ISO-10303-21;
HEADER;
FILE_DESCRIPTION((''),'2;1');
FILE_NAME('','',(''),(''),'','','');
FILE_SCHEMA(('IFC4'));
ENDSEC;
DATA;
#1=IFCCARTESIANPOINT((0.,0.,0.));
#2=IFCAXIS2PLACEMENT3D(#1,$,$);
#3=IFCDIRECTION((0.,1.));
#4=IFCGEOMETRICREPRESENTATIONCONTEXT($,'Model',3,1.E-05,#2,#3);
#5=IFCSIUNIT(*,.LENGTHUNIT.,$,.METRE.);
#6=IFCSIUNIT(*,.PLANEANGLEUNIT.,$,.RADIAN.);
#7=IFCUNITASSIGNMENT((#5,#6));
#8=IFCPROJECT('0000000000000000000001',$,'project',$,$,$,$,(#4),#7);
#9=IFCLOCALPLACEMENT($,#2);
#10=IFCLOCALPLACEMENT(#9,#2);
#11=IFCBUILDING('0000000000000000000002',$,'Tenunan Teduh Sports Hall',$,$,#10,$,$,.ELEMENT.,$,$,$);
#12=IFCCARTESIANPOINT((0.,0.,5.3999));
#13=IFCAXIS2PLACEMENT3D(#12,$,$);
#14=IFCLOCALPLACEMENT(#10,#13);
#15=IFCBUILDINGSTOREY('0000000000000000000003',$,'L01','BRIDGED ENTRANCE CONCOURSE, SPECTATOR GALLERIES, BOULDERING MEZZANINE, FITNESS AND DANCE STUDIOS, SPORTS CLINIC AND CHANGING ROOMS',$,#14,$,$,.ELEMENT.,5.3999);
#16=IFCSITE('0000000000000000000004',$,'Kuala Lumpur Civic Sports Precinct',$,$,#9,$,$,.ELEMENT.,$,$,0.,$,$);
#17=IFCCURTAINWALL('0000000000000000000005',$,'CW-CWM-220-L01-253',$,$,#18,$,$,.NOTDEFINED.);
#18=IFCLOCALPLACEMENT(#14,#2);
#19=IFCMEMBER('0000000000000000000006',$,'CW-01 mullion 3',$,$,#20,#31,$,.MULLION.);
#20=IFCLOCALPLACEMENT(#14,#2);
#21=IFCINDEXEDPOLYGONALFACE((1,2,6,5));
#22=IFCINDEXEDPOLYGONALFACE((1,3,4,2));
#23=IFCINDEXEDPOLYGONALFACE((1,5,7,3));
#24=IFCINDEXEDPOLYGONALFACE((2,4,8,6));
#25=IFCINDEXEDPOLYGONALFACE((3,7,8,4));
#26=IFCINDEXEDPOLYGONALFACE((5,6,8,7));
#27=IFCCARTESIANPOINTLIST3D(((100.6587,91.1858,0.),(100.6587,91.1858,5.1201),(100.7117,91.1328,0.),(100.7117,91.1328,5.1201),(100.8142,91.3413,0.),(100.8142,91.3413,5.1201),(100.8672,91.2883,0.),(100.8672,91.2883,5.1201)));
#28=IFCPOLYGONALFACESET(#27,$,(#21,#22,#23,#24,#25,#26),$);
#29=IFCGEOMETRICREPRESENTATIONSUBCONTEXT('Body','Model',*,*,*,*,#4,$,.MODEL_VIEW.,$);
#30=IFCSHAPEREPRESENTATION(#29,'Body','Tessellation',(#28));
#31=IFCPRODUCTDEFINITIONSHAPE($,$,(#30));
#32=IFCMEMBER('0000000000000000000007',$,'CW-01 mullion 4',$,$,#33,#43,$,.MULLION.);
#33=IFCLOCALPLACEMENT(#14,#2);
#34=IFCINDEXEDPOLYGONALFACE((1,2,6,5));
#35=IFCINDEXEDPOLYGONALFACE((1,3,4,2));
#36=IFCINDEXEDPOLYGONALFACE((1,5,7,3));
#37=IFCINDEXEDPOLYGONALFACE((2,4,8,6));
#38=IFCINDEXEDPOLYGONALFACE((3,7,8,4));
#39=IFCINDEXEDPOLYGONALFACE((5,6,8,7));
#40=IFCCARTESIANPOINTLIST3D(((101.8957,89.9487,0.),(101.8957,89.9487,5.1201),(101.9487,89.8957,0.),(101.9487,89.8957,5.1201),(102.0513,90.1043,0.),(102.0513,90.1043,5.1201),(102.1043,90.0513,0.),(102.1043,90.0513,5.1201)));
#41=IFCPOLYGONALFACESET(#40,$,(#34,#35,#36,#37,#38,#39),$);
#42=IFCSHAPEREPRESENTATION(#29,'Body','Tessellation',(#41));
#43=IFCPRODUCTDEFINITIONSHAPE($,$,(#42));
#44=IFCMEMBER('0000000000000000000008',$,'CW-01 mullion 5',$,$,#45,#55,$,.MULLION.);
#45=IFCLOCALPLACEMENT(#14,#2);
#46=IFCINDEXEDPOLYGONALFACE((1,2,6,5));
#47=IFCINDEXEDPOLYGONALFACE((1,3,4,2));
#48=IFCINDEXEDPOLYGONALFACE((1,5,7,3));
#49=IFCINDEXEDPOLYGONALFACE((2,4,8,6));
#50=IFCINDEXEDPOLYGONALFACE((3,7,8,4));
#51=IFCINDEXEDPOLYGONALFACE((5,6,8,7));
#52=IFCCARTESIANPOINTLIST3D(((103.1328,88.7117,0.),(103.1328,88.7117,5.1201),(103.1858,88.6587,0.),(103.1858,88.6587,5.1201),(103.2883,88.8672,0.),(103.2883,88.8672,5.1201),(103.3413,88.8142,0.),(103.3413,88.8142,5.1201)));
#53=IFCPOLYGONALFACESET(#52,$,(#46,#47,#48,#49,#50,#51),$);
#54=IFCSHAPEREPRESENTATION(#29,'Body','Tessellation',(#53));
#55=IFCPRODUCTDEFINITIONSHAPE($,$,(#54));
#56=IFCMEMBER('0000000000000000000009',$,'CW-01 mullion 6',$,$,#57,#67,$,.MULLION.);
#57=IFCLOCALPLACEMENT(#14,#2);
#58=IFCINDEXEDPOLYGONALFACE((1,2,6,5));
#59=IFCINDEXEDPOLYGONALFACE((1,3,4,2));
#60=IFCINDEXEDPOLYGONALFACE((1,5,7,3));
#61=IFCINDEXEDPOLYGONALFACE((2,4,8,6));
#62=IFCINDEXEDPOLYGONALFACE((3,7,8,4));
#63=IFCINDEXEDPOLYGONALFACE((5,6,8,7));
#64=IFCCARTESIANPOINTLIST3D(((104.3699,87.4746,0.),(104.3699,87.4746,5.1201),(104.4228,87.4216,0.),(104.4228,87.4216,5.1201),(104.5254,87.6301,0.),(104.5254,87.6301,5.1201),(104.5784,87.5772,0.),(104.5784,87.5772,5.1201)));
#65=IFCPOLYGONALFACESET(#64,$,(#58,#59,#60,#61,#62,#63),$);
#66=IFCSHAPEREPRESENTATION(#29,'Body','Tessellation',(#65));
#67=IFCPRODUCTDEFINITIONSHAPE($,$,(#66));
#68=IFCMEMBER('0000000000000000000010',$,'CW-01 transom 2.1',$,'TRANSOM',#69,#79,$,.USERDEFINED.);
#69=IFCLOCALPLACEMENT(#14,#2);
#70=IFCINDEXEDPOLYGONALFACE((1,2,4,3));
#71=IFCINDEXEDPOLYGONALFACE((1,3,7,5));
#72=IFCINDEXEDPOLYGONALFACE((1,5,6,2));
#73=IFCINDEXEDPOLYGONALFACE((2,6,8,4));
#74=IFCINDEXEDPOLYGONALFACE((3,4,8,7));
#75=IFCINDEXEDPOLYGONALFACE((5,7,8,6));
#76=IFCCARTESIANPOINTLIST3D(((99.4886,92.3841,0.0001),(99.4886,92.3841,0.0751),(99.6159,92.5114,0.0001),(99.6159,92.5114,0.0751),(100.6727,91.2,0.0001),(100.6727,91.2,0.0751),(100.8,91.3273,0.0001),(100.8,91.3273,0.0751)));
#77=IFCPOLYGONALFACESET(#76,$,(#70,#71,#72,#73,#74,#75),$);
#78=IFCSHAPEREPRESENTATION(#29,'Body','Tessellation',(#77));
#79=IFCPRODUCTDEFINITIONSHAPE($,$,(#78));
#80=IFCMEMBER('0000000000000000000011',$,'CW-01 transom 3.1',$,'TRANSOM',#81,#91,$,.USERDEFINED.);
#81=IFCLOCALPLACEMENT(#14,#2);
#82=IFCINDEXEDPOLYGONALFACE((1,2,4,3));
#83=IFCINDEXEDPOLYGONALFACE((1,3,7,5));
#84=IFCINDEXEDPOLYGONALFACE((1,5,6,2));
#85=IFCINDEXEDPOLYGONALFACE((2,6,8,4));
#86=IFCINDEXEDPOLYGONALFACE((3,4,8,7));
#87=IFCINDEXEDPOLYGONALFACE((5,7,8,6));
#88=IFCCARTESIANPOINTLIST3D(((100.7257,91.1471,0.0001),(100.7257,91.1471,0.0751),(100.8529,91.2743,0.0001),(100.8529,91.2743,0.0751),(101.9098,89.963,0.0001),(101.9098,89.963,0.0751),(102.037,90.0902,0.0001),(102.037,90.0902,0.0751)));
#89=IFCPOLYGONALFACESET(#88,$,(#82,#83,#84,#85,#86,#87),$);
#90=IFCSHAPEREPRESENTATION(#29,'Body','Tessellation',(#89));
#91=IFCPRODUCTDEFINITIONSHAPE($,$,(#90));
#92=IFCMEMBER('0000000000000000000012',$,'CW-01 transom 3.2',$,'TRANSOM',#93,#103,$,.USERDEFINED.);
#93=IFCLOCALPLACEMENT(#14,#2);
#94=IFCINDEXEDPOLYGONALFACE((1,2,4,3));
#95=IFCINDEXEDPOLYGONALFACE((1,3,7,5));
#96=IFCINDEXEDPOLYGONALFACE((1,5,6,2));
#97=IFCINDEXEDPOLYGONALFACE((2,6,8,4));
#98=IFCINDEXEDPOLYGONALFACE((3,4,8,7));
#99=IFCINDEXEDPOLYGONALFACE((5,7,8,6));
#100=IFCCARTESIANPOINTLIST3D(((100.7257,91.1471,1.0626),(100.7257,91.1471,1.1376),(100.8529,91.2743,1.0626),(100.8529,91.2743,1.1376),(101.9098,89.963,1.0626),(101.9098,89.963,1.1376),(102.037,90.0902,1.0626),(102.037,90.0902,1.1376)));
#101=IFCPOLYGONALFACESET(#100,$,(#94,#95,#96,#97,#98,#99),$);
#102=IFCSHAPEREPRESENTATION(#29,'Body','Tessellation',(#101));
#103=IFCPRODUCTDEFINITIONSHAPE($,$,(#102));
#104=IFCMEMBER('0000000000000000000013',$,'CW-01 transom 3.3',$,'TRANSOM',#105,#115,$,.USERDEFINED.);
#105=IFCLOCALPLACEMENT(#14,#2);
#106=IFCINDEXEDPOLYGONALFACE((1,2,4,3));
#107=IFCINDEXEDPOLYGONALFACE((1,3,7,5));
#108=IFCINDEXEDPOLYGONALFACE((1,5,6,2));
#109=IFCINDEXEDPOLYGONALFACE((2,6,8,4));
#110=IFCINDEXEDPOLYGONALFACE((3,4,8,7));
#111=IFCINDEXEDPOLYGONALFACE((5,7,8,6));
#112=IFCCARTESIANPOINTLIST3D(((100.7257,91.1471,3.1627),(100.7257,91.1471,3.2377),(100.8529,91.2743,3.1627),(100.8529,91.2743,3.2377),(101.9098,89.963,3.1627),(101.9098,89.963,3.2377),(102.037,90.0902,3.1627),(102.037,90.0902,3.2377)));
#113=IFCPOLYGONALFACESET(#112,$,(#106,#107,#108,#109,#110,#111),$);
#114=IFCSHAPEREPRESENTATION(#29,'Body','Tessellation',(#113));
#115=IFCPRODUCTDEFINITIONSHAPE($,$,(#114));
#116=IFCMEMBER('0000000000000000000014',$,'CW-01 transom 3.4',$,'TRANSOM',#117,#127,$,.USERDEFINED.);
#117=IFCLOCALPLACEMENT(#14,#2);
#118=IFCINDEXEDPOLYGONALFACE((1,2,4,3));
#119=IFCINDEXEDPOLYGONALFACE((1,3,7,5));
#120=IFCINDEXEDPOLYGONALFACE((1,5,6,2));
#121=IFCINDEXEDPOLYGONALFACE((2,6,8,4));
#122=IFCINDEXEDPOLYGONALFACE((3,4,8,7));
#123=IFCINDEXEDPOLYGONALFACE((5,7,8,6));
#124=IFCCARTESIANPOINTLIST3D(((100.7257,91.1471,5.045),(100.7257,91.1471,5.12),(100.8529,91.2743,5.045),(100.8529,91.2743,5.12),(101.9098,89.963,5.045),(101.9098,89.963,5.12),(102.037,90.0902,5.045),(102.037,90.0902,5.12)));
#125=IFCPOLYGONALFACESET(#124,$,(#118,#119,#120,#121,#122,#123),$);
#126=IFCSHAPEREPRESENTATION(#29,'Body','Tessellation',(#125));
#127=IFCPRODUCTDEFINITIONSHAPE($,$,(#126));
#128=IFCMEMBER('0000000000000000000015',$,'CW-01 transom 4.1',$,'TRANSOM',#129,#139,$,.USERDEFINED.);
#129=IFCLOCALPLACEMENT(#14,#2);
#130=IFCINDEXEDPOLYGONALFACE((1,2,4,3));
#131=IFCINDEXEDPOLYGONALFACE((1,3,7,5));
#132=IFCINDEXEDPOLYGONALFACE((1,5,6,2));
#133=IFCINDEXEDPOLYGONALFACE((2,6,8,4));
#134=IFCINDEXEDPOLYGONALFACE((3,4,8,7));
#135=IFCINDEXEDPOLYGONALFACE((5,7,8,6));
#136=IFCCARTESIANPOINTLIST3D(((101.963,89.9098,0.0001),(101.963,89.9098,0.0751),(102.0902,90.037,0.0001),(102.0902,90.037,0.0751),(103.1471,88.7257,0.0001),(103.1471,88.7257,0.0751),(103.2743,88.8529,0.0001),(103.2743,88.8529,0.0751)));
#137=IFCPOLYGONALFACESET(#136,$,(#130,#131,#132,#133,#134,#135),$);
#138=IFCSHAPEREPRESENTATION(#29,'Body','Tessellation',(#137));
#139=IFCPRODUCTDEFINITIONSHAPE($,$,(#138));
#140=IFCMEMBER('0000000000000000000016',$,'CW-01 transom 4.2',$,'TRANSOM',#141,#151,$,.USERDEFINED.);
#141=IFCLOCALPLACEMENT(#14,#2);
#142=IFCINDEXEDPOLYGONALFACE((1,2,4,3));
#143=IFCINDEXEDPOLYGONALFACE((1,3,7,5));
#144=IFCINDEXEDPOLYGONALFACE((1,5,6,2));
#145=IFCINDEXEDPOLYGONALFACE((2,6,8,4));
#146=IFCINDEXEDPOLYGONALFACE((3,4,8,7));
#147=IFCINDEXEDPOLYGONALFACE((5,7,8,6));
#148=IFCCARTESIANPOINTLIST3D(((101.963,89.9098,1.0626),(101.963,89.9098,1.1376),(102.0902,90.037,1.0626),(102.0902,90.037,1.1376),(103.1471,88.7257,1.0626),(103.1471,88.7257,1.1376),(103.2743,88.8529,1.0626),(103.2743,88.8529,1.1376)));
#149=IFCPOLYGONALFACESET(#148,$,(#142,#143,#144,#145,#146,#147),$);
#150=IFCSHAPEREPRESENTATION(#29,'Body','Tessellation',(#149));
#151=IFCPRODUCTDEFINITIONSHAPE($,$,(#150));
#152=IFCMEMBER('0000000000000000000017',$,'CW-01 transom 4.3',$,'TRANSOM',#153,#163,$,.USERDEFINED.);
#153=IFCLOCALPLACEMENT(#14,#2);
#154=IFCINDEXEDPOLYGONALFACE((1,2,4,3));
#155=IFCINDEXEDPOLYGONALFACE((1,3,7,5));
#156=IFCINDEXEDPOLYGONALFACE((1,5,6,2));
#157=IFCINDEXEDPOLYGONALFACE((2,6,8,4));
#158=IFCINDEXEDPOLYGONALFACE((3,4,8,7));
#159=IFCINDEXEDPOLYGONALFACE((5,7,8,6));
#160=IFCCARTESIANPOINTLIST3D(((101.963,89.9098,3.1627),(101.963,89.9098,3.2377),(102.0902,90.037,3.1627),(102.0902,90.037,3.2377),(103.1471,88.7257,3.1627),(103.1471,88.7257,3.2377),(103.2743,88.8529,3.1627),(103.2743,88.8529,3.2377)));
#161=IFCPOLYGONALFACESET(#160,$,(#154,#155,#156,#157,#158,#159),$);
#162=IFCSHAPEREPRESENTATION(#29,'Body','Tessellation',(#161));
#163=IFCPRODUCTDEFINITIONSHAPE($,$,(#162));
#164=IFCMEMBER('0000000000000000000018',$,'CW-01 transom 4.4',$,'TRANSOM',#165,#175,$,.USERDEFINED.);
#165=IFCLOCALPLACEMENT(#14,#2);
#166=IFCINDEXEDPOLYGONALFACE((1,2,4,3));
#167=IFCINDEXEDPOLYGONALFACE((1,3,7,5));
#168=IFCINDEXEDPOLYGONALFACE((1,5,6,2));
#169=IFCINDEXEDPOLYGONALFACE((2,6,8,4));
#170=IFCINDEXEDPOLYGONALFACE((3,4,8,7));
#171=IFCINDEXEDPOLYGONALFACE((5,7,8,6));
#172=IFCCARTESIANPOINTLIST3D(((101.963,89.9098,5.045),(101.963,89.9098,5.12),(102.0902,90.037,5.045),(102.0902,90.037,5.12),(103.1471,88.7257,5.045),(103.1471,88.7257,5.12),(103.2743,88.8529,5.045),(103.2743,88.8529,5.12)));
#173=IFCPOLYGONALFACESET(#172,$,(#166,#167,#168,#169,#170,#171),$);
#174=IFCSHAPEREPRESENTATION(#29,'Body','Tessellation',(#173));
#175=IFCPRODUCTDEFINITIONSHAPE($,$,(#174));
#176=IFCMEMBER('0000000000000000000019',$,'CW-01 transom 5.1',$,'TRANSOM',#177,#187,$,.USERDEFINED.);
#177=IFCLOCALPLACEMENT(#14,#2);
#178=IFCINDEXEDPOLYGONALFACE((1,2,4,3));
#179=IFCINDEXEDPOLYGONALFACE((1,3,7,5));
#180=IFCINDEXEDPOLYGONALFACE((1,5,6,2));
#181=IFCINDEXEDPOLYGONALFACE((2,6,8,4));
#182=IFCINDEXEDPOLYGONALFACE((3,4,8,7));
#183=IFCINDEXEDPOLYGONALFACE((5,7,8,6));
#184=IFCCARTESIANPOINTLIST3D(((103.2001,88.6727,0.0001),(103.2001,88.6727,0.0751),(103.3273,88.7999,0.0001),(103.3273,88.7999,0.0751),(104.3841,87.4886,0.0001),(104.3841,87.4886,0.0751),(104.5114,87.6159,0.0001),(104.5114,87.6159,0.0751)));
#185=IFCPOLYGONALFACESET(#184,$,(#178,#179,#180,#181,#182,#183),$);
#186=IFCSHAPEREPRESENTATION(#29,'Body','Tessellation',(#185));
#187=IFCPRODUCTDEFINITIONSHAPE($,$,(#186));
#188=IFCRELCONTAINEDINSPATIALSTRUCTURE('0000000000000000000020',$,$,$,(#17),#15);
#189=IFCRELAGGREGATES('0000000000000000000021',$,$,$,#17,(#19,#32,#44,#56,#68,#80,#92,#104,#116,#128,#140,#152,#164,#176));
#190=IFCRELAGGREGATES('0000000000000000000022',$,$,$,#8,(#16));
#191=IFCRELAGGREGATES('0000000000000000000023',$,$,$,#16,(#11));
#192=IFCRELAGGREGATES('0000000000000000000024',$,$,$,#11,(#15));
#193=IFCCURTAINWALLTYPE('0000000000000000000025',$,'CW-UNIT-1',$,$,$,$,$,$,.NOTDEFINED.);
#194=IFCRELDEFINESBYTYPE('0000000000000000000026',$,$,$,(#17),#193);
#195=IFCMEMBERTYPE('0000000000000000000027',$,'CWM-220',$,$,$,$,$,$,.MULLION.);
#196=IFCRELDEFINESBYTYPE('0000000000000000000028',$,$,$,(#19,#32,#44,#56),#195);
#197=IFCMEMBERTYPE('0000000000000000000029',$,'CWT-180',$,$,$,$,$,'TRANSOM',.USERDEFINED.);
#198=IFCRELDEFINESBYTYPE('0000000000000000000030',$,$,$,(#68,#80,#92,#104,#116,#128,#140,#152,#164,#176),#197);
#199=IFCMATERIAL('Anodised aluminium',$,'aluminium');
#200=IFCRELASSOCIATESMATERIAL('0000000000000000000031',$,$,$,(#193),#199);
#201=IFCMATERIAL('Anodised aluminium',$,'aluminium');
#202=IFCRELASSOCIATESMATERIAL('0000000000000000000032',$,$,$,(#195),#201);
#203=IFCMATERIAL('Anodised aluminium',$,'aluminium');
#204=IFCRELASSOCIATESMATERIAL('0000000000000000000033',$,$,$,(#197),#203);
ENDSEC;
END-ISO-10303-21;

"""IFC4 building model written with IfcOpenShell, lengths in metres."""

from ifc_helpers import new_model, si_unit, direction, frame, origin, origin_2d, place, context, subcontext, project, spatial, rectangle, extrude, material, material_profile, profile_set, type_object, element, aggregate, save


model = new_model("IFC4")

# Units and contexts
model_context = context("Model", 3, precision=1e-05, world=origin(), true_north=direction((0.0, 1.0)))
body_context = subcontext(model_context, "Body", "Model", "MODEL_VIEW")
ifc_project = project(units=[si_unit("LENGTHUNIT", "METRE"), si_unit("PLANEANGLEUNIT", "RADIAN")], contexts=[model_context])

# Site, building, storey
site_placement = place(None, origin())
site = spatial("IfcSite", under=ifc_project, at=site_placement, Name="Kuala Lumpur Civic Sports Precinct", CompositionType="ELEMENT", RefElevation=0.0)
building_placement = place(site_placement, origin())
building = spatial("IfcBuilding", under=site, at=building_placement, Name="Tenunan Teduh Sports Hall", CompositionType="ELEMENT")
storey_placement = place(building_placement, frame((0.0, 0.0, 5.3999)))
storey = spatial("IfcBuildingStorey", under=building, at=storey_placement, Name="L01", Description="BRIDGED ENTRANCE CONCOURSE, SPECTATOR GALLERIES, BOULDERING MEZZANINE, FITNESS AND DANCE STUDIOS, SPORTS CLINIC AND CHANGING ROOMS", CompositionType="ELEMENT", Elevation=5.3999)

# Curtain wall, members
ifc_material_1 = material(Name="Anodised aluminium", Category="aluminium")
curtain_wall_type = type_object("IfcCurtainWallType", Name="CW-UNIT-1", PredefinedType="NOTDEFINED", material=ifc_material_1)
curtain_wall_placement = place(storey_placement, origin())
curtain_wall = element("IfcCurtainWall", 1, at=curtain_wall_placement, inside=storey, type_object=curtain_wall_type, Name="CW-CWM-220-L01-253", PredefinedType="NOTDEFINED")
ifc_material_2 = material(Name="Anodised aluminium", Category="aluminium")
ifc_material_profile_1 = material_profile(ifc_material_2, rectangle(XDim=0.075, YDim=0.22, at=origin_2d()), Name="CWM 75x220")
ifc_profile_set_1 = profile_set([ifc_material_profile_1], Name="Anodised aluminium")
member_type_1 = type_object("IfcMemberType", Name="CWM-220", PredefinedType="MULLION", material=ifc_profile_set_1)
member_1_placement = place(storey_placement, frame((100.7629, 91.2371, 0.0), z_axis=(0.0, 0.0, 1.0), x_axis=(-0.707107, 0.707107, 0.0)))
member_1 = element("IfcMember", 2, at=member_1_placement, type_object=member_type_1, Name="CW-01 mullion 3", PredefinedType="MULLION", context=body_context, shape_type="SweptSolid", body=[
    extrude(rectangle(XDim=0.075, YDim=0.22, at=origin_2d()), origin(), (0.0, 0.0, 1.0), 5.1201),
])
member_2_placement = place(storey_placement, frame((102.0, 90.0, 0.0), z_axis=(0.0, 0.0, 1.0), x_axis=(-0.707107, 0.707107, 0.0)))
member_2 = element("IfcMember", 3, at=member_2_placement, type_object=member_type_1, Name="CW-01 mullion 4", PredefinedType="MULLION", context=body_context, shape_type="SweptSolid", body=[
    extrude(rectangle(XDim=0.075, YDim=0.22, at=origin_2d()), origin(), (0.0, 0.0, 1.0), 5.1201),
])
member_3_placement = place(storey_placement, frame((103.2371, 88.7629, 0.0), z_axis=(0.0, 0.0, 1.0), x_axis=(-0.707107, 0.707107, 0.0)))
member_3 = element("IfcMember", 4, at=member_3_placement, type_object=member_type_1, Name="CW-01 mullion 5", PredefinedType="MULLION", context=body_context, shape_type="SweptSolid", body=[
    extrude(rectangle(XDim=0.075, YDim=0.22, at=origin_2d()), origin(), (0.0, 0.0, 1.0), 5.1201),
])
member_4_placement = place(storey_placement, frame((104.4741, 87.5259, 0.0), z_axis=(0.0, 0.0, 1.0), x_axis=(-0.707107, 0.707107, 0.0)))
member_4 = element("IfcMember", 5, at=member_4_placement, type_object=member_type_1, Name="CW-01 mullion 6", PredefinedType="MULLION", context=body_context, shape_type="SweptSolid", body=[
    extrude(rectangle(XDim=0.075, YDim=0.22, at=origin_2d()), origin(), (0.0, 0.0, 1.0), 5.1201),
])
ifc_material_3 = material(Name="Anodised aluminium", Category="aluminium")
ifc_material_profile_2 = material_profile(ifc_material_3, rectangle(XDim=0.075, YDim=0.1799, at=origin_2d()), Name="CWT 75x180")
ifc_profile_set_2 = profile_set([ifc_material_profile_2], Name="Anodised aluminium")
member_type_2 = type_object("IfcMemberType", Name="CWT-180", ElementType="TRANSOM", PredefinedType="USERDEFINED", material=ifc_profile_set_2)
member_5_placement = place(storey_placement, frame((99.5522, 92.4478, 0.0376), z_axis=(0.707107, -0.707107, 0.0), x_axis=(0.0, 0.0, 1.0)))
member_5 = element("IfcMember", 6, at=member_5_placement, type_object=member_type_2, Name="CW-01 transom 2.1", ObjectType="TRANSOM", PredefinedType="USERDEFINED", context=body_context, shape_type="SweptSolid", body=[
    extrude(rectangle(XDim=0.075, YDim=0.1799, at=origin_2d()), origin(), (0.0, 0.0, 1.0), 1.6746),
])
member_6_placement = place(storey_placement, frame((100.7893, 91.2107, 0.0376), z_axis=(0.707107, -0.707107, 0.0), x_axis=(0.0, 0.0, 1.0)))
member_6 = element("IfcMember", 7, at=member_6_placement, type_object=member_type_2, Name="CW-01 transom 3.1", ObjectType="TRANSOM", PredefinedType="USERDEFINED", context=body_context, shape_type="SweptSolid", body=[
    extrude(rectangle(XDim=0.075, YDim=0.1799, at=origin_2d()), origin(), (0.0, 0.0, 1.0), 1.6746),
])
member_7_placement = place(storey_placement, frame((100.7893, 91.2107, 1.1001), z_axis=(0.707107, -0.707107, 0.0), x_axis=(0.0, 0.0, 1.0)))
member_7 = element("IfcMember", 8, at=member_7_placement, type_object=member_type_2, Name="CW-01 transom 3.2", ObjectType="TRANSOM", PredefinedType="USERDEFINED", context=body_context, shape_type="SweptSolid", body=[
    extrude(rectangle(XDim=0.075, YDim=0.1799, at=origin_2d()), origin(), (0.0, 0.0, 1.0), 1.6746),
])
member_8_placement = place(storey_placement, frame((100.7893, 91.2107, 3.2002), z_axis=(0.707107, -0.707107, 0.0), x_axis=(0.0, 0.0, 1.0)))
member_8 = element("IfcMember", 9, at=member_8_placement, type_object=member_type_2, Name="CW-01 transom 3.3", ObjectType="TRANSOM", PredefinedType="USERDEFINED", context=body_context, shape_type="SweptSolid", body=[
    extrude(rectangle(XDim=0.075, YDim=0.1799, at=origin_2d()), origin(), (0.0, 0.0, 1.0), 1.6746),
])
member_9_placement = place(storey_placement, frame((100.7893, 91.2107, 5.0825), z_axis=(0.707107, -0.707107, 0.0), x_axis=(0.0, 0.0, 1.0)))
member_9 = element("IfcMember", 10, at=member_9_placement, type_object=member_type_2, Name="CW-01 transom 3.4", ObjectType="TRANSOM", PredefinedType="USERDEFINED", context=body_context, shape_type="SweptSolid", body=[
    extrude(rectangle(XDim=0.075, YDim=0.1799, at=origin_2d()), origin(), (0.0, 0.0, 1.0), 1.6746),
])
member_10_placement = place(storey_placement, frame((102.0266, 89.9734, 0.0376), z_axis=(0.707107, -0.707107, 0.0), x_axis=(0.0, 0.0, 1.0)))
member_10 = element("IfcMember", 11, at=member_10_placement, type_object=member_type_2, Name="CW-01 transom 4.1", ObjectType="TRANSOM", PredefinedType="USERDEFINED", context=body_context, shape_type="SweptSolid", body=[
    extrude(rectangle(XDim=0.075, YDim=0.1799, at=origin_2d()), origin(), (0.0, 0.0, 1.0), 1.6746),
])
member_11_placement = place(storey_placement, frame((102.0266, 89.9734, 1.1001), z_axis=(0.707107, -0.707107, 0.0), x_axis=(0.0, 0.0, 1.0)))
member_11 = element("IfcMember", 12, at=member_11_placement, type_object=member_type_2, Name="CW-01 transom 4.2", ObjectType="TRANSOM", PredefinedType="USERDEFINED", context=body_context, shape_type="SweptSolid", body=[
    extrude(rectangle(XDim=0.075, YDim=0.1799, at=origin_2d()), origin(), (0.0, 0.0, 1.0), 1.6746),
])
member_12_placement = place(storey_placement, frame((102.0266, 89.9734, 3.2002), z_axis=(0.707107, -0.707107, 0.0), x_axis=(0.0, 0.0, 1.0)))
member_12 = element("IfcMember", 13, at=member_12_placement, type_object=member_type_2, Name="CW-01 transom 4.3", ObjectType="TRANSOM", PredefinedType="USERDEFINED", context=body_context, shape_type="SweptSolid", body=[
    extrude(rectangle(XDim=0.075, YDim=0.1799, at=origin_2d()), origin(), (0.0, 0.0, 1.0), 1.6746),
])
member_13_placement = place(storey_placement, frame((102.0266, 89.9734, 5.0825), z_axis=(0.707107, -0.707107, 0.0), x_axis=(0.0, 0.0, 1.0)))
member_13 = element("IfcMember", 14, at=member_13_placement, type_object=member_type_2, Name="CW-01 transom 4.4", ObjectType="TRANSOM", PredefinedType="USERDEFINED", context=body_context, shape_type="SweptSolid", body=[
    extrude(rectangle(XDim=0.075, YDim=0.1799, at=origin_2d()), origin(), (0.0, 0.0, 1.0), 1.6746),
])
member_14_placement = place(storey_placement, frame((103.2637, 88.7363, 0.0376), z_axis=(0.707107, -0.707107, 0.0), x_axis=(0.0, 0.0, 1.0)))
member_14 = element("IfcMember", 15, at=member_14_placement, type_object=member_type_2, Name="CW-01 transom 5.1", ObjectType="TRANSOM", PredefinedType="USERDEFINED", context=body_context, shape_type="SweptSolid", body=[
    extrude(rectangle(XDim=0.075, YDim=0.1799, at=origin_2d()), origin(), (0.0, 0.0, 1.0), 1.6746),
])

aggregate(curtain_wall, [member_1, member_2, member_3, member_4, member_5, member_6, member_7, member_8, member_9, member_10, member_11, member_12, member_13, member_14])

save(model, "model.ifc")
